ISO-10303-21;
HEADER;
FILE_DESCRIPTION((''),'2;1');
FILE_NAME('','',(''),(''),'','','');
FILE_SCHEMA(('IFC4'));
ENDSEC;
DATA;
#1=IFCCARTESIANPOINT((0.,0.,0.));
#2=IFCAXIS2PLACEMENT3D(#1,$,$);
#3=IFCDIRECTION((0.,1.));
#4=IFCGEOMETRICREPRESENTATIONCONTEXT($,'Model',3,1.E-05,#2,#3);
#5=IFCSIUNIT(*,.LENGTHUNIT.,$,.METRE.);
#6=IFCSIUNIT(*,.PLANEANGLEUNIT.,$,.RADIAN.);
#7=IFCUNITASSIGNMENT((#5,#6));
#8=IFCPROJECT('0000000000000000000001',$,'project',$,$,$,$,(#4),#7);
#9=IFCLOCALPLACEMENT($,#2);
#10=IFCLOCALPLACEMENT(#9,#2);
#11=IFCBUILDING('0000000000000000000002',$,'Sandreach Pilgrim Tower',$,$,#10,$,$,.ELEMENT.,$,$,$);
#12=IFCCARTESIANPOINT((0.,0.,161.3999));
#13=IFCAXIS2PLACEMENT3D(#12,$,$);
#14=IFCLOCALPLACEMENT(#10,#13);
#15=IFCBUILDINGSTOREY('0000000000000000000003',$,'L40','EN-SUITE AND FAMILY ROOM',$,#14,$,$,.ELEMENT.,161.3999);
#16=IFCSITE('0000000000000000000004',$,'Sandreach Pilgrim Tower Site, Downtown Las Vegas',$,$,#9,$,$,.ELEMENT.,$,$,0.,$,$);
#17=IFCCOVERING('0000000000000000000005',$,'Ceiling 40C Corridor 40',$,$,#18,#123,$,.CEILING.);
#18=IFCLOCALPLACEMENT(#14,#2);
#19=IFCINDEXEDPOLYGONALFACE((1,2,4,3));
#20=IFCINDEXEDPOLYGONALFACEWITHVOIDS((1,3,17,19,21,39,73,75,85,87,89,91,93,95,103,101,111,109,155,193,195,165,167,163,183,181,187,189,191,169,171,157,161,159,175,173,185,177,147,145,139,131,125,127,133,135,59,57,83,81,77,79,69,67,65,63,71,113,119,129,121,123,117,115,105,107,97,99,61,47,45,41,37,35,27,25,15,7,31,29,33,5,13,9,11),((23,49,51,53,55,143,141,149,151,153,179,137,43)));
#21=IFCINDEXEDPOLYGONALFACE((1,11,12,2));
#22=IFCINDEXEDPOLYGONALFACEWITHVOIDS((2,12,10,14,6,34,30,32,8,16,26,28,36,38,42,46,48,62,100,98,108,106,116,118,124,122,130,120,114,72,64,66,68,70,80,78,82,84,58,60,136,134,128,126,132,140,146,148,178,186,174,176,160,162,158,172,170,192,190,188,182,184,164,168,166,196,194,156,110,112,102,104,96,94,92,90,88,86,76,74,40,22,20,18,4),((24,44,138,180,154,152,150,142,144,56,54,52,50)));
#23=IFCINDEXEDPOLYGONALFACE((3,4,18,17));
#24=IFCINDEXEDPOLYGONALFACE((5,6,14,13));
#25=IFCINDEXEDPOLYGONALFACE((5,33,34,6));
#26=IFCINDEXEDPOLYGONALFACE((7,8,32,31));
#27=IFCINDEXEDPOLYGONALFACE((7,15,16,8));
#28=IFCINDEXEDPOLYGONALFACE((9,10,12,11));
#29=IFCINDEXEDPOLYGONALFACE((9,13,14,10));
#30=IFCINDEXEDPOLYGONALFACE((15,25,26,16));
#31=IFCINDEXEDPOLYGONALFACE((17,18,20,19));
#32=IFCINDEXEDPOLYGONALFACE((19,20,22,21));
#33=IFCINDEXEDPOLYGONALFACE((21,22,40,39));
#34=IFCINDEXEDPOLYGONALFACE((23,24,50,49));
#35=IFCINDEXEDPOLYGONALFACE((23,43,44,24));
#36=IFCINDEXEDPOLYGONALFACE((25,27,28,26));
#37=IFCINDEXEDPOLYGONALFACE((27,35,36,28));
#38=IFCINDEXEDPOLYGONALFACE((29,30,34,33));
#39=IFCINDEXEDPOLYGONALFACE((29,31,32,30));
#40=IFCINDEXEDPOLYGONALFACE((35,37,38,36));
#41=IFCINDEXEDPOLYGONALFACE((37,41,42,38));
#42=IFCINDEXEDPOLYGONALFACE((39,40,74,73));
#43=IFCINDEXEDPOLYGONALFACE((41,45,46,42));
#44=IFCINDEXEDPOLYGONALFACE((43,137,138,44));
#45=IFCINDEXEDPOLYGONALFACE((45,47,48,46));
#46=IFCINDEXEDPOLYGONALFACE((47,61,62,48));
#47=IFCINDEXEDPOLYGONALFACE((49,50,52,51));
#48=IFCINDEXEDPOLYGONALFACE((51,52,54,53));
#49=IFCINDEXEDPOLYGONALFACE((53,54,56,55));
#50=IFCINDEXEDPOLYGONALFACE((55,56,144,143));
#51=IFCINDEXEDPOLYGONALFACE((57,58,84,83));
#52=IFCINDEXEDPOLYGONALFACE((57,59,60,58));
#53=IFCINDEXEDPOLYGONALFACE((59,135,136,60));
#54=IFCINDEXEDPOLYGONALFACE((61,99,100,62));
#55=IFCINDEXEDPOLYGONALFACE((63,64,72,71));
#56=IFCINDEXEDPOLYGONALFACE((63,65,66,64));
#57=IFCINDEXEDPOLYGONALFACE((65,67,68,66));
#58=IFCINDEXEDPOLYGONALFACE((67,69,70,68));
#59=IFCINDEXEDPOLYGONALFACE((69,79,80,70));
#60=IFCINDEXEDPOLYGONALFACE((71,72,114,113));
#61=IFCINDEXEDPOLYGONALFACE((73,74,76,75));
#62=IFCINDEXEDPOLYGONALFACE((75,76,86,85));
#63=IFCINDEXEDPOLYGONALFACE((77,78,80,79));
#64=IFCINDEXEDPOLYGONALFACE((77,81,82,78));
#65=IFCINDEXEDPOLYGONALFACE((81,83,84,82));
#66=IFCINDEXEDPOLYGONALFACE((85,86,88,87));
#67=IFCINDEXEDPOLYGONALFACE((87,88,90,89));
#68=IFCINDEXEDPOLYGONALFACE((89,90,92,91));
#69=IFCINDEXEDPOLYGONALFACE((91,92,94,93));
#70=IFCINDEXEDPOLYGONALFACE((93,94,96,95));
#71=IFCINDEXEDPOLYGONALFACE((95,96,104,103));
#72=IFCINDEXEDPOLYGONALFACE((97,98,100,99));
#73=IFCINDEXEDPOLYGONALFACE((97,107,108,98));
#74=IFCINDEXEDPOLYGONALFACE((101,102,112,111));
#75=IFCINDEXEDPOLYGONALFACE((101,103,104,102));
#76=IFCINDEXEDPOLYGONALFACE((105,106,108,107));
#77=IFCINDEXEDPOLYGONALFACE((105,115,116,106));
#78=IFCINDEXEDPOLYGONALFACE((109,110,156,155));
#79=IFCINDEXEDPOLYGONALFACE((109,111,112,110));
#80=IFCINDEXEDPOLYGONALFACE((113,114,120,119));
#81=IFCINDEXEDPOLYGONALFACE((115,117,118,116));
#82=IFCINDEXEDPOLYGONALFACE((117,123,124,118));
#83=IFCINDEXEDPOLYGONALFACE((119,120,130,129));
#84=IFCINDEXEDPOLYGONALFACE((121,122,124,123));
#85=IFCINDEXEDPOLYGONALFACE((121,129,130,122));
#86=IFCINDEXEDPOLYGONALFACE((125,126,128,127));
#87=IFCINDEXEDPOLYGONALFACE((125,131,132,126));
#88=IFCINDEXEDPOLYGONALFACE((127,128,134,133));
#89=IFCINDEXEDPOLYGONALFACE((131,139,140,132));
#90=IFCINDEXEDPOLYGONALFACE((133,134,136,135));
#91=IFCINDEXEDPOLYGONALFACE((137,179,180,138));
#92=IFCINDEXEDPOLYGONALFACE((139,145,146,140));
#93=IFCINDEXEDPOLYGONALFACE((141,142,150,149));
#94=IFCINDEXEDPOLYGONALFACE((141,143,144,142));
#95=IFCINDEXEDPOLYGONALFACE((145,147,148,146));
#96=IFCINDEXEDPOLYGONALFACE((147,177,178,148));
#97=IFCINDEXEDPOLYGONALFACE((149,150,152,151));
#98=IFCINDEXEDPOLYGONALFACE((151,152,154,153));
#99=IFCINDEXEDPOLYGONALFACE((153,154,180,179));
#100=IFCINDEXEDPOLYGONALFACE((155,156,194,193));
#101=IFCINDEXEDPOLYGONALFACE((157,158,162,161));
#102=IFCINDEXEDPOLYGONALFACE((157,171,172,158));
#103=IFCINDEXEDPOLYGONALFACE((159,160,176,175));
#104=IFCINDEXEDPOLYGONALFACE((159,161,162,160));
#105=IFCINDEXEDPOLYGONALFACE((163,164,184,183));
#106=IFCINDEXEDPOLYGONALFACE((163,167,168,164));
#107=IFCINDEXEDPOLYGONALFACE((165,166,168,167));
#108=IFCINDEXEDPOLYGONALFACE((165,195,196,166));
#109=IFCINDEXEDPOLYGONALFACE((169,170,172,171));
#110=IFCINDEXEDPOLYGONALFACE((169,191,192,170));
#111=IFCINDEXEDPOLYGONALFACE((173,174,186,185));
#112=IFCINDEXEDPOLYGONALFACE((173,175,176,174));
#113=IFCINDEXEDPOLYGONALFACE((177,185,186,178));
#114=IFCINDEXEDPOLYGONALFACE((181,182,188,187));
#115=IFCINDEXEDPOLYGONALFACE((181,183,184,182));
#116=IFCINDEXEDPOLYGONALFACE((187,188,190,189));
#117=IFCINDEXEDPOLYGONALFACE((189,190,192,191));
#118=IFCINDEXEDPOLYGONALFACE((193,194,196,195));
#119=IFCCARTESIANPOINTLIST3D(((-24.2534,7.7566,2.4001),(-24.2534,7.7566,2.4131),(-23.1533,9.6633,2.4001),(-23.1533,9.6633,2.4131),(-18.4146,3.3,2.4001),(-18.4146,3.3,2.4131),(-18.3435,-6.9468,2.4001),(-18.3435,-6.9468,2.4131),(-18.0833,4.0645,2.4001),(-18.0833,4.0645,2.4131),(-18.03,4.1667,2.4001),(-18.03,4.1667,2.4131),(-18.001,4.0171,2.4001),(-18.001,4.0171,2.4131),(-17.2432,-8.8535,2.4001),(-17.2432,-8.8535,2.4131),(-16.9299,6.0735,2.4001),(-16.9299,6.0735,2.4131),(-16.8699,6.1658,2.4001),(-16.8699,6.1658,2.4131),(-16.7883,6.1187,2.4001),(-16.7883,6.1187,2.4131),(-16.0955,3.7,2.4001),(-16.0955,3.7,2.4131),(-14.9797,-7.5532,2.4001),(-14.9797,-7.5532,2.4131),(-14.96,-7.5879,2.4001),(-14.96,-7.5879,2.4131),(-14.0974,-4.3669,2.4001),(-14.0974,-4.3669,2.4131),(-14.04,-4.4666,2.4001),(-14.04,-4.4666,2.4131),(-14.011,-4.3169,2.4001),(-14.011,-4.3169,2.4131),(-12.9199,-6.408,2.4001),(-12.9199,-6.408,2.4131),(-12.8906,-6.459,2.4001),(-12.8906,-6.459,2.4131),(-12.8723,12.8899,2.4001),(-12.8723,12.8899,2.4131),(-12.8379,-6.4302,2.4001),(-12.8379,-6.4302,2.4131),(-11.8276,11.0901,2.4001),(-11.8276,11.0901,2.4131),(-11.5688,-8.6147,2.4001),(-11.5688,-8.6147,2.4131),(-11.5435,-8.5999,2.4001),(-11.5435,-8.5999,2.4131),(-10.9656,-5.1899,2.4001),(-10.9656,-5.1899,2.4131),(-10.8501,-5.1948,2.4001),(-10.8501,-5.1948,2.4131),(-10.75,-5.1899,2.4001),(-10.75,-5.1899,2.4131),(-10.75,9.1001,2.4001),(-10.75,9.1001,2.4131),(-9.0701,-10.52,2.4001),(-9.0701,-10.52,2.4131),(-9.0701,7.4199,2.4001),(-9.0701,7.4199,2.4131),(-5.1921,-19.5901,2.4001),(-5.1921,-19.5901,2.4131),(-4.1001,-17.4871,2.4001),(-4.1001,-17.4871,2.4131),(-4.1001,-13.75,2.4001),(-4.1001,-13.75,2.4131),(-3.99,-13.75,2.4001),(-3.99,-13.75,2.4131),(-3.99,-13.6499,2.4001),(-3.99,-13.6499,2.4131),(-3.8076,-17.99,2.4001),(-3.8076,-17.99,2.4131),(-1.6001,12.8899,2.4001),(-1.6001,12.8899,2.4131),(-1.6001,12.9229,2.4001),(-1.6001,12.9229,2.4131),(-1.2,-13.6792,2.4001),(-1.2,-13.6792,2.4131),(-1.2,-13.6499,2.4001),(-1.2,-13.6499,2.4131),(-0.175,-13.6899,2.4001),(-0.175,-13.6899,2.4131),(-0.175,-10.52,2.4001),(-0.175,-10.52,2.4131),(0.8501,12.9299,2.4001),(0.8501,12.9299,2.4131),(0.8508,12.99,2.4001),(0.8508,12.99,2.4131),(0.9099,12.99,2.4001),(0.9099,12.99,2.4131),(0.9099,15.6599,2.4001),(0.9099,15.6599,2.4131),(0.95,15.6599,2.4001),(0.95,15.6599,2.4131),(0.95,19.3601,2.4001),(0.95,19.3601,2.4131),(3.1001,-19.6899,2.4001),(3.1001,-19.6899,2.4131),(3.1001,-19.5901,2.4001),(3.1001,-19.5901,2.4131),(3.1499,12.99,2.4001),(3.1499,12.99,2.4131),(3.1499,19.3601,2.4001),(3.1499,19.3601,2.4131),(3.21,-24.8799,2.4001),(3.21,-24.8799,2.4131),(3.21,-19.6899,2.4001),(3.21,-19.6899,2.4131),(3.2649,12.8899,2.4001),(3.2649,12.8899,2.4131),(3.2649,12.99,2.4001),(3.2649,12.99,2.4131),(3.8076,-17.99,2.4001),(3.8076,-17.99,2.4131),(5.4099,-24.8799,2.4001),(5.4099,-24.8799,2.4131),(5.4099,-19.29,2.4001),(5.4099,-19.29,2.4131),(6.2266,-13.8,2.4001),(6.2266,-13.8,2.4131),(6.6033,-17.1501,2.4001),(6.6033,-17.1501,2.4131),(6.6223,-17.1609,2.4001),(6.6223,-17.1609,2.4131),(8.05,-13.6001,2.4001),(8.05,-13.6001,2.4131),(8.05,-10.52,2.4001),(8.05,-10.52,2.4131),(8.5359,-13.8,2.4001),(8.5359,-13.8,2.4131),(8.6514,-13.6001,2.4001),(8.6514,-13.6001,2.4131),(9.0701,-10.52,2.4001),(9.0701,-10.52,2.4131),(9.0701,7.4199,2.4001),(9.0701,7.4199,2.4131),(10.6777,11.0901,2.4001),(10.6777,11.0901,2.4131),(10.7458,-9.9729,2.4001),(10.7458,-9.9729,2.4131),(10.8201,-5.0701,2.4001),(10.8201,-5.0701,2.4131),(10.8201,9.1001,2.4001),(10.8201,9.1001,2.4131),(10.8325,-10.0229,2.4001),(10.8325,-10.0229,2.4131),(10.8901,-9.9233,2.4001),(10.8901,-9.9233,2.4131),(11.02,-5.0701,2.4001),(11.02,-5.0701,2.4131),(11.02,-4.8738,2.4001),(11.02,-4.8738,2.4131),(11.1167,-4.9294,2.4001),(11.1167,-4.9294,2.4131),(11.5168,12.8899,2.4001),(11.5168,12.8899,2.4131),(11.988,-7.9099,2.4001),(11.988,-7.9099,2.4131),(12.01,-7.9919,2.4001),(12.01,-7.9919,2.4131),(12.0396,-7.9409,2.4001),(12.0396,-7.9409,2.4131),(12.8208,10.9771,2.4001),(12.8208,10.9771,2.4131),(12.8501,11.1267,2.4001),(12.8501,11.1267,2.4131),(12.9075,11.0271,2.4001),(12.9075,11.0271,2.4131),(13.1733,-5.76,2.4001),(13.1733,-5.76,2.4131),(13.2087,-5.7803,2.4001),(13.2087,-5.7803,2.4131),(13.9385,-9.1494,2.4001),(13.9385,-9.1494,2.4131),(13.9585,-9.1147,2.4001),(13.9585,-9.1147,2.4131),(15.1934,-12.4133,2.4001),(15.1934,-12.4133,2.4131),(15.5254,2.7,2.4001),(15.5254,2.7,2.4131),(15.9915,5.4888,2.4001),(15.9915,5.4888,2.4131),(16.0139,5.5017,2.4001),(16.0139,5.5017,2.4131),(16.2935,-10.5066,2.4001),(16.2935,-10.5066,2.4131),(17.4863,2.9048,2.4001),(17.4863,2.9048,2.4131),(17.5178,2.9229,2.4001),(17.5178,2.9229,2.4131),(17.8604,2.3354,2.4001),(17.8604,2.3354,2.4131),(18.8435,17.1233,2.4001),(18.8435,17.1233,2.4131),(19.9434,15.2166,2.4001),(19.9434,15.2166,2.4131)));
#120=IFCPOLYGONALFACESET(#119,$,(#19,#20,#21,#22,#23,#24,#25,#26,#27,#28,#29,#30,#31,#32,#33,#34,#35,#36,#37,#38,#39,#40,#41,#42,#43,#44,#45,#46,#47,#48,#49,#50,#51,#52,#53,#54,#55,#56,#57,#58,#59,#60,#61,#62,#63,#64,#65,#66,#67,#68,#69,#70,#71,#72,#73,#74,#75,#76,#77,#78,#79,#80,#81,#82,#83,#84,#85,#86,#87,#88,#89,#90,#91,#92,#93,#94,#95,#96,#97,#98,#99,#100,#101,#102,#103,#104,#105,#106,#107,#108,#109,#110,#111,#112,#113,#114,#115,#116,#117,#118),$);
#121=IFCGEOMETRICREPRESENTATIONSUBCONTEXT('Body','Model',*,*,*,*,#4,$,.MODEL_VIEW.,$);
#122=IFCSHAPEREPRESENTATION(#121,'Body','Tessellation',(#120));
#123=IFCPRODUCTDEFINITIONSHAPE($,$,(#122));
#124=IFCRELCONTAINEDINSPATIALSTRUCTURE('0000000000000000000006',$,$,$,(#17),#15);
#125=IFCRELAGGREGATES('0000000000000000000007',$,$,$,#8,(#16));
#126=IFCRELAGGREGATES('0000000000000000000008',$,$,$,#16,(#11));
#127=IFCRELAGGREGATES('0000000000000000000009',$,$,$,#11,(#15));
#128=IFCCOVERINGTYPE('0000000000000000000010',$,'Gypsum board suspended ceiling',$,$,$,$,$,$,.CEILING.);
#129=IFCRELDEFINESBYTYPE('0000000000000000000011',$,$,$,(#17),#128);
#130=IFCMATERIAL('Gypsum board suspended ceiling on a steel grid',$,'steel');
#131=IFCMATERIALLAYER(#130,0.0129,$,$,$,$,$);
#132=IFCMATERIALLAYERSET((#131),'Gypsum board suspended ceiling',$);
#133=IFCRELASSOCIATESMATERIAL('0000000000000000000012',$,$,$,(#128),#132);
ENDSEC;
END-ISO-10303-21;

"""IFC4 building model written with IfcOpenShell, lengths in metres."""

from ifc_helpers import new_model, si_unit, direction, frame, origin, place, context, subcontext, project, spatial, polyline, outline, extrude, material, layer, layer_set, type_object, element, save


model = new_model("IFC4")

# Units and contexts
model_context = context("Model", 3, precision=1e-05, world=origin(), true_north=direction((0.0, 1.0)))
body_context = subcontext(model_context, "Body", "Model", "MODEL_VIEW")
ifc_project = project(units=[si_unit("LENGTHUNIT", "METRE"), si_unit("PLANEANGLEUNIT", "RADIAN")], contexts=[model_context])

# Site, building, storey
site_placement = place(None, origin())
site = spatial("IfcSite", under=ifc_project, at=site_placement, Name="Sandreach Pilgrim Tower Site, Downtown Las Vegas", CompositionType="ELEMENT", RefElevation=0.0)
building_placement = place(site_placement, origin())
building = spatial("IfcBuilding", under=site, at=building_placement, Name="Sandreach Pilgrim Tower", CompositionType="ELEMENT")
storey_placement = place(building_placement, frame((0.0, 0.0, 161.3999)))
storey = spatial("IfcBuildingStorey", under=building, at=storey_placement, Name="L40", Description="EN-SUITE AND FAMILY ROOM", CompositionType="ELEMENT", Elevation=161.3999)

# Covering
ifc_material_1 = material(Name="Gypsum board suspended ceiling on a steel grid", Category="steel")
ifc_layer_1 = layer(ifc_material_1, 0.0129)
ifc_layer_set_1 = layer_set([ifc_layer_1], Name="Gypsum board suspended ceiling")
covering_type_1 = type_object("IfcCoveringType", Name="Gypsum board suspended ceiling", PredefinedType="CEILING", material=ifc_layer_set_1)
covering_1_placement = place(storey_placement, frame((0.0, 0.0, 2.4001)))
element("IfcCovering", 1, at=covering_1_placement, inside=storey, type_object=covering_type_1, Name="Ceiling 40C Corridor 40", PredefinedType="CEILING", context=body_context, shape_type="SweptSolid", body=[
    extrude(outline(polyline([(-18.03, 4.1667), (-24.2534, 7.7566), (-23.1533, 9.6633), (-16.9299, 6.0735), (-16.8699, 6.1658), (-16.7883, 6.1187), (-12.8723, 12.8899), (-1.6001, 12.8899), (-1.6001, 12.9229), (0.8501, 12.9299), (0.8508, 12.99), (0.9099, 12.99), (0.9099, 15.6599), (0.95, 15.6599), (0.95, 19.3601), (3.1499, 19.3601), (3.1499, 12.99), (3.2649, 12.99), (3.2649, 12.8899), (11.5168, 12.8899), (18.8435, 17.1233), (19.9434, 15.2166), (12.8501, 11.1267), (12.9075, 11.0271), (12.8208, 10.9771), (16.0139, 5.5017), (15.9915, 5.4888), (17.4863, 2.9048), (17.5178, 2.9229), (17.8604, 2.3354), (13.1733, -5.76), (13.2087, -5.7803), (11.988, -7.9099), (12.0396, -7.9409), (12.01, -7.9919), (13.9585, -9.1147), (13.9385, -9.1494), (16.2935, -10.5066), (15.1934, -12.4133), (10.8901, -9.9233), (10.8325, -10.0229), (10.7458, -9.9729), (8.6514, -13.6001), (8.05, -13.6001), (8.05, -10.52), (9.0701, -10.52), (9.0701, 7.4199), (-9.0701, 7.4199), (-9.0701, -10.52), (-0.175, -10.52), (-0.175, -13.6899), (-1.2, -13.6792), (-1.2, -13.6499), (-3.99, -13.6499), (-3.99, -13.75), (-4.1001, -13.75), (-4.1001, -17.4871), (-3.8076, -17.99), (3.8076, -17.99), (6.2266, -13.8), (8.5359, -13.8), (6.6033, -17.1501), (6.6223, -17.1609), (5.4099, -19.29), (5.4099, -24.8799), (3.21, -24.8799), (3.21, -19.6899), (3.1001, -19.6899), (3.1001, -19.5901), (-5.1921, -19.5901), (-11.5435, -8.5999), (-11.5688, -8.6147), (-12.8379, -6.4302), (-12.8906, -6.459), (-12.9199, -6.408), (-14.96, -7.5879), (-14.9797, -7.5532), (-17.2432, -8.8535), (-18.3435, -6.9468), (-14.04, -4.4666), (-14.0974, -4.3669), (-14.011, -4.3169), (-18.4146, 3.3), (-18.001, 4.0171), (-18.0833, 4.0645), (-18.03, 4.1667)]), holes=[polyline([(-16.0955, 3.7), (-10.9656, -5.1899), (-10.8501, -5.1948), (-10.75, -5.1899), (-10.75, 9.1001), (10.8201, 9.1001), (10.8201, -5.0701), (11.02, -5.0701), (11.02, -4.8738), (11.1167, -4.9294), (15.5254, 2.7), (10.6777, 11.0901), (-11.8276, 11.0901), (-16.0955, 3.7)])]), origin(), (0.0, 0.0, 1.0), 0.0129),
])

save(model, "model.ifc")
